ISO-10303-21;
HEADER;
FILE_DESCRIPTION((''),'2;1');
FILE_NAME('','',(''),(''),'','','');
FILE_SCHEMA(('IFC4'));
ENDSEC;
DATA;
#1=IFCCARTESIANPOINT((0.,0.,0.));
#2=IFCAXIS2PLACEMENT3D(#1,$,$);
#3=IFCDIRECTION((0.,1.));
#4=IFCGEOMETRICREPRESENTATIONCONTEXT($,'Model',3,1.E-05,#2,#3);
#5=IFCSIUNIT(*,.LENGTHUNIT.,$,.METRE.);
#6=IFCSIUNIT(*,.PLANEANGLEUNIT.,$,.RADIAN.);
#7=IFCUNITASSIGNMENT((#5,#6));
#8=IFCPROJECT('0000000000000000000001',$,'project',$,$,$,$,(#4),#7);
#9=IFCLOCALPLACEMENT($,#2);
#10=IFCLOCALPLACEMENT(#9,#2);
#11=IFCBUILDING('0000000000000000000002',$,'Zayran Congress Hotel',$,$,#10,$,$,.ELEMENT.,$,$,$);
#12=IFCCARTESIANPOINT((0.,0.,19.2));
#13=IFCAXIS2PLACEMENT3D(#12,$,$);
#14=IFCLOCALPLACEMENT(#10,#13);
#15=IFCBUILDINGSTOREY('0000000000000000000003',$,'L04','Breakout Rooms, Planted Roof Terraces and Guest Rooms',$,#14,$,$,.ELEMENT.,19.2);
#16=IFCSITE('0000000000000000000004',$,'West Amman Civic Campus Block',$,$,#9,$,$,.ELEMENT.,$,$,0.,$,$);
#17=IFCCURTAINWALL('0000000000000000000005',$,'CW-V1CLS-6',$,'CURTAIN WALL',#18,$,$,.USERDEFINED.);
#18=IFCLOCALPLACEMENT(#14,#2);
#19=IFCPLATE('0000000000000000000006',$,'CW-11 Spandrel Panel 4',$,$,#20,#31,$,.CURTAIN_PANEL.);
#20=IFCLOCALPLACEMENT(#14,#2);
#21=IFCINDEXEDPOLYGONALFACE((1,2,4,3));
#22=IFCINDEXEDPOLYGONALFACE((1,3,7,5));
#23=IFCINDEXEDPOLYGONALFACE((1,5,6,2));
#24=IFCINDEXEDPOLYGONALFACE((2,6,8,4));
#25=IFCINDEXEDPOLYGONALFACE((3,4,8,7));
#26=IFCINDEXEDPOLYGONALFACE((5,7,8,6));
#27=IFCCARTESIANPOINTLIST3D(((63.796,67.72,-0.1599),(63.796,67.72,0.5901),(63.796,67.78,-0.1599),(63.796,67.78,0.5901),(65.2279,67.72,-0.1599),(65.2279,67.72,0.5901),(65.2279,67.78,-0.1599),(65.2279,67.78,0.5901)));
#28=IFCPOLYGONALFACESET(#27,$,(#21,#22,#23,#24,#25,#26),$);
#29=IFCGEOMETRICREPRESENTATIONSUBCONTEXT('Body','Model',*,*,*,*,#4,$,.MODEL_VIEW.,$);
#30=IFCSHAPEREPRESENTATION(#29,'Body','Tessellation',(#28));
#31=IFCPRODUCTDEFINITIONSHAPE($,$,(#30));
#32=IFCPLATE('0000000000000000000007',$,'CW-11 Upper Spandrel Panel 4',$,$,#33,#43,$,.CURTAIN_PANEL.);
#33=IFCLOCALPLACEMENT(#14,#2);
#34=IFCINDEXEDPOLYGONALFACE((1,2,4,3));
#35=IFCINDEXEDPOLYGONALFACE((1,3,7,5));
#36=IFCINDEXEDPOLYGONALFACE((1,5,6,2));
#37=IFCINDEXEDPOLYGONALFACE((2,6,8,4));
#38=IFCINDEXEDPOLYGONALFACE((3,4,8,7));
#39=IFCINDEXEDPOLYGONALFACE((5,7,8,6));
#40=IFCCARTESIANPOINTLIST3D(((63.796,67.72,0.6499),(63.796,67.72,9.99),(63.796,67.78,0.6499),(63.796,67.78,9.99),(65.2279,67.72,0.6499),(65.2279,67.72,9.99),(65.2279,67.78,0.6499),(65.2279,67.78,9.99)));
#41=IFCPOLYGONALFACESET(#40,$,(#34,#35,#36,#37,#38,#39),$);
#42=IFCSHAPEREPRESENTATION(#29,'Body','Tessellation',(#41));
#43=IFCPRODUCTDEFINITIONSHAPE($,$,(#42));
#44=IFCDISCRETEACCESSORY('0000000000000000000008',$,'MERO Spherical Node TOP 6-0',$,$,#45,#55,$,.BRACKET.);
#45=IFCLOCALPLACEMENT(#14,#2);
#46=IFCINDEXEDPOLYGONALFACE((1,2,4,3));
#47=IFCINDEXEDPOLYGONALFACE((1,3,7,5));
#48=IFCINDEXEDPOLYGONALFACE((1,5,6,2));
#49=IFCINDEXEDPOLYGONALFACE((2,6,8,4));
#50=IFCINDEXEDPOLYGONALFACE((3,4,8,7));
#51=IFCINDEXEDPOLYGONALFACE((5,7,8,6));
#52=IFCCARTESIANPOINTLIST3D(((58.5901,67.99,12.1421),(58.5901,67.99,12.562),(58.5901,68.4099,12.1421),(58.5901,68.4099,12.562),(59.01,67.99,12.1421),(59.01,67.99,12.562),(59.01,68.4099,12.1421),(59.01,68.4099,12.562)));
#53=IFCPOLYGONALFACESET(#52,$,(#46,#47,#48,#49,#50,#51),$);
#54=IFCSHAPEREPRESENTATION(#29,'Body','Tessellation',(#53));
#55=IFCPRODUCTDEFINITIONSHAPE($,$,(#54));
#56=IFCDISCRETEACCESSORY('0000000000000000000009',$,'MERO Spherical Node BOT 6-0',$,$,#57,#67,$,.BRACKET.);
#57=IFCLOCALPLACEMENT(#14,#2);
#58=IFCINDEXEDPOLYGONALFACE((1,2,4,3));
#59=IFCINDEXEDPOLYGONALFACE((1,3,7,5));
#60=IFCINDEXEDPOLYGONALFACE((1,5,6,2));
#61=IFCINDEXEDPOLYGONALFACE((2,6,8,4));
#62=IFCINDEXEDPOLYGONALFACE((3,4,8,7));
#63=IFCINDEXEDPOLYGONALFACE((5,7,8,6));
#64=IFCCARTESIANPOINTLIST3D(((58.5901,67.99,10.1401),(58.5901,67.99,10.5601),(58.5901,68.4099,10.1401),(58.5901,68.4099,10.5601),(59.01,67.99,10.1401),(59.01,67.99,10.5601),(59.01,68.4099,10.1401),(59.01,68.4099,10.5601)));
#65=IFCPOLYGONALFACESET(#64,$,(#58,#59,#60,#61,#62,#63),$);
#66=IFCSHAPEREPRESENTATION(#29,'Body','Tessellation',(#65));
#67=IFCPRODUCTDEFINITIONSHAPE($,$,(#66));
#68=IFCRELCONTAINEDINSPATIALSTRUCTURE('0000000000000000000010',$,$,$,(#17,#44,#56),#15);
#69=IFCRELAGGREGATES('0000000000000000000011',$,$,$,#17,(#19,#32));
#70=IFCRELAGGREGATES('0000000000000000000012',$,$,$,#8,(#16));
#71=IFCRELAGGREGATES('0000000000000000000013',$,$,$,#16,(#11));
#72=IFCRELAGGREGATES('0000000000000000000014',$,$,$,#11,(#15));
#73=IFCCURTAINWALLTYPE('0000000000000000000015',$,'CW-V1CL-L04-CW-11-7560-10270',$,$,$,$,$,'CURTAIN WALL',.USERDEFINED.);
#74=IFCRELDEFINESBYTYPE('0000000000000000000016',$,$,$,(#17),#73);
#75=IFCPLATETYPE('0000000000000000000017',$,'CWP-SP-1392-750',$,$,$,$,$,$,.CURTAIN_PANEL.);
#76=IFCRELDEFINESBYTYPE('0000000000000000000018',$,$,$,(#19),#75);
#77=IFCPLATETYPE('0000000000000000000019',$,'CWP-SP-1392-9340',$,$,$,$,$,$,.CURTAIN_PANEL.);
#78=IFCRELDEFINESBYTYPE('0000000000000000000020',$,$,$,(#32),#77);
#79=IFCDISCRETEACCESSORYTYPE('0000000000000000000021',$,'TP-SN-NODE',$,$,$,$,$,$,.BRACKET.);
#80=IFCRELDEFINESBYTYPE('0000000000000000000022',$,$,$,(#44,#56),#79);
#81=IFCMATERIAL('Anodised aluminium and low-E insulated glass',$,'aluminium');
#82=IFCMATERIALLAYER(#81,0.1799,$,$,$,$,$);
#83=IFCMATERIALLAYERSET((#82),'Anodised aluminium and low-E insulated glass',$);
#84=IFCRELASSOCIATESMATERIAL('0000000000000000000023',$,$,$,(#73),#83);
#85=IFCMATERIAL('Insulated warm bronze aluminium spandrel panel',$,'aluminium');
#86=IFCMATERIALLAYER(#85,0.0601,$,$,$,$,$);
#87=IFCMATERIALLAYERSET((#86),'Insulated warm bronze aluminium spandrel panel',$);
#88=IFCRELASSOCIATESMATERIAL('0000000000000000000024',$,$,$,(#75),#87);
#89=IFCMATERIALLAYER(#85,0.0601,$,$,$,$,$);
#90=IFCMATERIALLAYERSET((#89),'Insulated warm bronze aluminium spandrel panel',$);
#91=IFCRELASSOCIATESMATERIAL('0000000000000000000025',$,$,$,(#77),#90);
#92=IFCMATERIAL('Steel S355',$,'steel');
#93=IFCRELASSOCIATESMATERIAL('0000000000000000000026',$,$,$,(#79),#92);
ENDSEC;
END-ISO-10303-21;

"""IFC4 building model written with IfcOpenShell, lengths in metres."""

from ifc_helpers import new_model, si_unit, direction, frame, origin, origin_2d, place, context, subcontext, project, spatial, rectangle, extrude, material, layer, layer_set, type_object, element, aggregate, save


model = new_model("IFC4")

# Units and contexts
model_context = context("Model", 3, precision=1e-05, world=origin(), true_north=direction((0.0, 1.0)))
body_context = subcontext(model_context, "Body", "Model", "MODEL_VIEW")
ifc_project = project(units=[si_unit("LENGTHUNIT", "METRE"), si_unit("PLANEANGLEUNIT", "RADIAN")], contexts=[model_context])

# Site, building, storey
site_placement = place(None, origin())
site = spatial("IfcSite", under=ifc_project, at=site_placement, Name="West Amman Civic Campus Block", CompositionType="ELEMENT", RefElevation=0.0)
building_placement = place(site_placement, origin())
building = spatial("IfcBuilding", under=site, at=building_placement, Name="Zayran Congress Hotel", CompositionType="ELEMENT")
storey_placement = place(building_placement, frame((0.0, 0.0, 19.2)))
storey = spatial("IfcBuildingStorey", under=building, at=storey_placement, Name="L04", Description="Breakout Rooms, Planted Roof Terraces and Guest Rooms", CompositionType="ELEMENT", Elevation=19.2)

# Shared definitions
ifc_material_1 = material(Name="Steel S355", Category="steel")

# Curtain wall
ifc_material_2 = material(Name="Anodised aluminium and low-E insulated glass", Category="aluminium")
ifc_layer_1 = layer(ifc_material_2, 0.1799)
ifc_layer_set_1 = layer_set([ifc_layer_1], Name="Anodised aluminium and low-E insulated glass")
curtain_wall_type = type_object("IfcCurtainWallType", Name="CW-V1CL-L04-CW-11-7560-10270", ElementType="CURTAIN WALL", PredefinedType="USERDEFINED", material=ifc_layer_set_1)
curtain_wall_placement = place(storey_placement, origin())
curtain_wall = element("IfcCurtainWall", 1, at=curtain_wall_placement, inside=storey, type_object=curtain_wall_type, Name="CW-V1CLS-6", ObjectType="CURTAIN WALL", PredefinedType="USERDEFINED")

# Plates
ifc_material_3 = material(Name="Insulated warm bronze aluminium spandrel panel", Category="aluminium")
ifc_layer_2 = layer(ifc_material_3, 0.0601)
ifc_layer_set_2 = layer_set([ifc_layer_2], Name="Insulated warm bronze aluminium spandrel panel")
plate_type_1 = type_object("IfcPlateType", Name="CWP-SP-1392-750", PredefinedType="CURTAIN_PANEL", material=ifc_layer_set_2)
plate_1_placement = place(storey_placement, frame((64.512, 67.75, -0.1599), z_axis=(0.0, 0.0, 1.0), x_axis=(1.0, 0.0, 0.0)))
plate_1 = element("IfcPlate", 2, at=plate_1_placement, type_object=plate_type_1, Name="CW-11 Spandrel Panel 4", PredefinedType="CURTAIN_PANEL", context=body_context, shape_type="SweptSolid", body=[
    extrude(rectangle(XDim=1.4319, YDim=0.0601, at=origin_2d()), origin(), (0.0, 0.0, 1.0), 0.75),
])
ifc_layer_3 = layer(ifc_material_3, 0.0601)
ifc_layer_set_3 = layer_set([ifc_layer_3], Name="Insulated warm bronze aluminium spandrel panel")
plate_type_2 = type_object("IfcPlateType", Name="CWP-SP-1392-9340", PredefinedType="CURTAIN_PANEL", material=ifc_layer_set_3)
plate_2_placement = place(storey_placement, frame((64.512, 67.75, 0.6499), z_axis=(0.0, 0.0, 1.0), x_axis=(1.0, 0.0, 0.0)))
plate_2 = element("IfcPlate", 3, at=plate_2_placement, type_object=plate_type_2, Name="CW-11 Upper Spandrel Panel 4", PredefinedType="CURTAIN_PANEL", context=body_context, shape_type="SweptSolid", body=[
    extrude(rectangle(XDim=1.4319, YDim=0.0601, at=origin_2d()), origin(), (0.0, 0.0, 1.0), 9.3401),
])
aggregate(curtain_wall, [plate_1, plate_2])

# Discrete accessories
discrete_accessory_type = type_object("IfcDiscreteAccessoryType", Name="TP-SN-NODE", PredefinedType="BRACKET", material=ifc_material_1)
for number, where, z_axis, x_axis, name in (
    (4, (58.8, 68.2, 12.1421), (0.0, 0.0, 1.0), (1.0, 0.0, 0.0), "MERO Spherical Node TOP 6-0"),
    (5, (58.8, 68.2, 10.1401), (0.0, 0.0, 1.0), (1.0, 0.0, 0.0), "MERO Spherical Node BOT 6-0"),
):
    element("IfcDiscreteAccessory", number, at=place(storey_placement, frame(where, z_axis=z_axis, x_axis=x_axis)), inside=storey, type_object=discrete_accessory_type, Name=name, PredefinedType="BRACKET", context=body_context, shape_type="SweptSolid", body=[
        extrude(rectangle(XDim=0.4199, YDim=0.4199, at=origin_2d()), origin(), (0.0, 0.0, 1.0), 0.4199),
    ])

save(model, "model.ifc")
